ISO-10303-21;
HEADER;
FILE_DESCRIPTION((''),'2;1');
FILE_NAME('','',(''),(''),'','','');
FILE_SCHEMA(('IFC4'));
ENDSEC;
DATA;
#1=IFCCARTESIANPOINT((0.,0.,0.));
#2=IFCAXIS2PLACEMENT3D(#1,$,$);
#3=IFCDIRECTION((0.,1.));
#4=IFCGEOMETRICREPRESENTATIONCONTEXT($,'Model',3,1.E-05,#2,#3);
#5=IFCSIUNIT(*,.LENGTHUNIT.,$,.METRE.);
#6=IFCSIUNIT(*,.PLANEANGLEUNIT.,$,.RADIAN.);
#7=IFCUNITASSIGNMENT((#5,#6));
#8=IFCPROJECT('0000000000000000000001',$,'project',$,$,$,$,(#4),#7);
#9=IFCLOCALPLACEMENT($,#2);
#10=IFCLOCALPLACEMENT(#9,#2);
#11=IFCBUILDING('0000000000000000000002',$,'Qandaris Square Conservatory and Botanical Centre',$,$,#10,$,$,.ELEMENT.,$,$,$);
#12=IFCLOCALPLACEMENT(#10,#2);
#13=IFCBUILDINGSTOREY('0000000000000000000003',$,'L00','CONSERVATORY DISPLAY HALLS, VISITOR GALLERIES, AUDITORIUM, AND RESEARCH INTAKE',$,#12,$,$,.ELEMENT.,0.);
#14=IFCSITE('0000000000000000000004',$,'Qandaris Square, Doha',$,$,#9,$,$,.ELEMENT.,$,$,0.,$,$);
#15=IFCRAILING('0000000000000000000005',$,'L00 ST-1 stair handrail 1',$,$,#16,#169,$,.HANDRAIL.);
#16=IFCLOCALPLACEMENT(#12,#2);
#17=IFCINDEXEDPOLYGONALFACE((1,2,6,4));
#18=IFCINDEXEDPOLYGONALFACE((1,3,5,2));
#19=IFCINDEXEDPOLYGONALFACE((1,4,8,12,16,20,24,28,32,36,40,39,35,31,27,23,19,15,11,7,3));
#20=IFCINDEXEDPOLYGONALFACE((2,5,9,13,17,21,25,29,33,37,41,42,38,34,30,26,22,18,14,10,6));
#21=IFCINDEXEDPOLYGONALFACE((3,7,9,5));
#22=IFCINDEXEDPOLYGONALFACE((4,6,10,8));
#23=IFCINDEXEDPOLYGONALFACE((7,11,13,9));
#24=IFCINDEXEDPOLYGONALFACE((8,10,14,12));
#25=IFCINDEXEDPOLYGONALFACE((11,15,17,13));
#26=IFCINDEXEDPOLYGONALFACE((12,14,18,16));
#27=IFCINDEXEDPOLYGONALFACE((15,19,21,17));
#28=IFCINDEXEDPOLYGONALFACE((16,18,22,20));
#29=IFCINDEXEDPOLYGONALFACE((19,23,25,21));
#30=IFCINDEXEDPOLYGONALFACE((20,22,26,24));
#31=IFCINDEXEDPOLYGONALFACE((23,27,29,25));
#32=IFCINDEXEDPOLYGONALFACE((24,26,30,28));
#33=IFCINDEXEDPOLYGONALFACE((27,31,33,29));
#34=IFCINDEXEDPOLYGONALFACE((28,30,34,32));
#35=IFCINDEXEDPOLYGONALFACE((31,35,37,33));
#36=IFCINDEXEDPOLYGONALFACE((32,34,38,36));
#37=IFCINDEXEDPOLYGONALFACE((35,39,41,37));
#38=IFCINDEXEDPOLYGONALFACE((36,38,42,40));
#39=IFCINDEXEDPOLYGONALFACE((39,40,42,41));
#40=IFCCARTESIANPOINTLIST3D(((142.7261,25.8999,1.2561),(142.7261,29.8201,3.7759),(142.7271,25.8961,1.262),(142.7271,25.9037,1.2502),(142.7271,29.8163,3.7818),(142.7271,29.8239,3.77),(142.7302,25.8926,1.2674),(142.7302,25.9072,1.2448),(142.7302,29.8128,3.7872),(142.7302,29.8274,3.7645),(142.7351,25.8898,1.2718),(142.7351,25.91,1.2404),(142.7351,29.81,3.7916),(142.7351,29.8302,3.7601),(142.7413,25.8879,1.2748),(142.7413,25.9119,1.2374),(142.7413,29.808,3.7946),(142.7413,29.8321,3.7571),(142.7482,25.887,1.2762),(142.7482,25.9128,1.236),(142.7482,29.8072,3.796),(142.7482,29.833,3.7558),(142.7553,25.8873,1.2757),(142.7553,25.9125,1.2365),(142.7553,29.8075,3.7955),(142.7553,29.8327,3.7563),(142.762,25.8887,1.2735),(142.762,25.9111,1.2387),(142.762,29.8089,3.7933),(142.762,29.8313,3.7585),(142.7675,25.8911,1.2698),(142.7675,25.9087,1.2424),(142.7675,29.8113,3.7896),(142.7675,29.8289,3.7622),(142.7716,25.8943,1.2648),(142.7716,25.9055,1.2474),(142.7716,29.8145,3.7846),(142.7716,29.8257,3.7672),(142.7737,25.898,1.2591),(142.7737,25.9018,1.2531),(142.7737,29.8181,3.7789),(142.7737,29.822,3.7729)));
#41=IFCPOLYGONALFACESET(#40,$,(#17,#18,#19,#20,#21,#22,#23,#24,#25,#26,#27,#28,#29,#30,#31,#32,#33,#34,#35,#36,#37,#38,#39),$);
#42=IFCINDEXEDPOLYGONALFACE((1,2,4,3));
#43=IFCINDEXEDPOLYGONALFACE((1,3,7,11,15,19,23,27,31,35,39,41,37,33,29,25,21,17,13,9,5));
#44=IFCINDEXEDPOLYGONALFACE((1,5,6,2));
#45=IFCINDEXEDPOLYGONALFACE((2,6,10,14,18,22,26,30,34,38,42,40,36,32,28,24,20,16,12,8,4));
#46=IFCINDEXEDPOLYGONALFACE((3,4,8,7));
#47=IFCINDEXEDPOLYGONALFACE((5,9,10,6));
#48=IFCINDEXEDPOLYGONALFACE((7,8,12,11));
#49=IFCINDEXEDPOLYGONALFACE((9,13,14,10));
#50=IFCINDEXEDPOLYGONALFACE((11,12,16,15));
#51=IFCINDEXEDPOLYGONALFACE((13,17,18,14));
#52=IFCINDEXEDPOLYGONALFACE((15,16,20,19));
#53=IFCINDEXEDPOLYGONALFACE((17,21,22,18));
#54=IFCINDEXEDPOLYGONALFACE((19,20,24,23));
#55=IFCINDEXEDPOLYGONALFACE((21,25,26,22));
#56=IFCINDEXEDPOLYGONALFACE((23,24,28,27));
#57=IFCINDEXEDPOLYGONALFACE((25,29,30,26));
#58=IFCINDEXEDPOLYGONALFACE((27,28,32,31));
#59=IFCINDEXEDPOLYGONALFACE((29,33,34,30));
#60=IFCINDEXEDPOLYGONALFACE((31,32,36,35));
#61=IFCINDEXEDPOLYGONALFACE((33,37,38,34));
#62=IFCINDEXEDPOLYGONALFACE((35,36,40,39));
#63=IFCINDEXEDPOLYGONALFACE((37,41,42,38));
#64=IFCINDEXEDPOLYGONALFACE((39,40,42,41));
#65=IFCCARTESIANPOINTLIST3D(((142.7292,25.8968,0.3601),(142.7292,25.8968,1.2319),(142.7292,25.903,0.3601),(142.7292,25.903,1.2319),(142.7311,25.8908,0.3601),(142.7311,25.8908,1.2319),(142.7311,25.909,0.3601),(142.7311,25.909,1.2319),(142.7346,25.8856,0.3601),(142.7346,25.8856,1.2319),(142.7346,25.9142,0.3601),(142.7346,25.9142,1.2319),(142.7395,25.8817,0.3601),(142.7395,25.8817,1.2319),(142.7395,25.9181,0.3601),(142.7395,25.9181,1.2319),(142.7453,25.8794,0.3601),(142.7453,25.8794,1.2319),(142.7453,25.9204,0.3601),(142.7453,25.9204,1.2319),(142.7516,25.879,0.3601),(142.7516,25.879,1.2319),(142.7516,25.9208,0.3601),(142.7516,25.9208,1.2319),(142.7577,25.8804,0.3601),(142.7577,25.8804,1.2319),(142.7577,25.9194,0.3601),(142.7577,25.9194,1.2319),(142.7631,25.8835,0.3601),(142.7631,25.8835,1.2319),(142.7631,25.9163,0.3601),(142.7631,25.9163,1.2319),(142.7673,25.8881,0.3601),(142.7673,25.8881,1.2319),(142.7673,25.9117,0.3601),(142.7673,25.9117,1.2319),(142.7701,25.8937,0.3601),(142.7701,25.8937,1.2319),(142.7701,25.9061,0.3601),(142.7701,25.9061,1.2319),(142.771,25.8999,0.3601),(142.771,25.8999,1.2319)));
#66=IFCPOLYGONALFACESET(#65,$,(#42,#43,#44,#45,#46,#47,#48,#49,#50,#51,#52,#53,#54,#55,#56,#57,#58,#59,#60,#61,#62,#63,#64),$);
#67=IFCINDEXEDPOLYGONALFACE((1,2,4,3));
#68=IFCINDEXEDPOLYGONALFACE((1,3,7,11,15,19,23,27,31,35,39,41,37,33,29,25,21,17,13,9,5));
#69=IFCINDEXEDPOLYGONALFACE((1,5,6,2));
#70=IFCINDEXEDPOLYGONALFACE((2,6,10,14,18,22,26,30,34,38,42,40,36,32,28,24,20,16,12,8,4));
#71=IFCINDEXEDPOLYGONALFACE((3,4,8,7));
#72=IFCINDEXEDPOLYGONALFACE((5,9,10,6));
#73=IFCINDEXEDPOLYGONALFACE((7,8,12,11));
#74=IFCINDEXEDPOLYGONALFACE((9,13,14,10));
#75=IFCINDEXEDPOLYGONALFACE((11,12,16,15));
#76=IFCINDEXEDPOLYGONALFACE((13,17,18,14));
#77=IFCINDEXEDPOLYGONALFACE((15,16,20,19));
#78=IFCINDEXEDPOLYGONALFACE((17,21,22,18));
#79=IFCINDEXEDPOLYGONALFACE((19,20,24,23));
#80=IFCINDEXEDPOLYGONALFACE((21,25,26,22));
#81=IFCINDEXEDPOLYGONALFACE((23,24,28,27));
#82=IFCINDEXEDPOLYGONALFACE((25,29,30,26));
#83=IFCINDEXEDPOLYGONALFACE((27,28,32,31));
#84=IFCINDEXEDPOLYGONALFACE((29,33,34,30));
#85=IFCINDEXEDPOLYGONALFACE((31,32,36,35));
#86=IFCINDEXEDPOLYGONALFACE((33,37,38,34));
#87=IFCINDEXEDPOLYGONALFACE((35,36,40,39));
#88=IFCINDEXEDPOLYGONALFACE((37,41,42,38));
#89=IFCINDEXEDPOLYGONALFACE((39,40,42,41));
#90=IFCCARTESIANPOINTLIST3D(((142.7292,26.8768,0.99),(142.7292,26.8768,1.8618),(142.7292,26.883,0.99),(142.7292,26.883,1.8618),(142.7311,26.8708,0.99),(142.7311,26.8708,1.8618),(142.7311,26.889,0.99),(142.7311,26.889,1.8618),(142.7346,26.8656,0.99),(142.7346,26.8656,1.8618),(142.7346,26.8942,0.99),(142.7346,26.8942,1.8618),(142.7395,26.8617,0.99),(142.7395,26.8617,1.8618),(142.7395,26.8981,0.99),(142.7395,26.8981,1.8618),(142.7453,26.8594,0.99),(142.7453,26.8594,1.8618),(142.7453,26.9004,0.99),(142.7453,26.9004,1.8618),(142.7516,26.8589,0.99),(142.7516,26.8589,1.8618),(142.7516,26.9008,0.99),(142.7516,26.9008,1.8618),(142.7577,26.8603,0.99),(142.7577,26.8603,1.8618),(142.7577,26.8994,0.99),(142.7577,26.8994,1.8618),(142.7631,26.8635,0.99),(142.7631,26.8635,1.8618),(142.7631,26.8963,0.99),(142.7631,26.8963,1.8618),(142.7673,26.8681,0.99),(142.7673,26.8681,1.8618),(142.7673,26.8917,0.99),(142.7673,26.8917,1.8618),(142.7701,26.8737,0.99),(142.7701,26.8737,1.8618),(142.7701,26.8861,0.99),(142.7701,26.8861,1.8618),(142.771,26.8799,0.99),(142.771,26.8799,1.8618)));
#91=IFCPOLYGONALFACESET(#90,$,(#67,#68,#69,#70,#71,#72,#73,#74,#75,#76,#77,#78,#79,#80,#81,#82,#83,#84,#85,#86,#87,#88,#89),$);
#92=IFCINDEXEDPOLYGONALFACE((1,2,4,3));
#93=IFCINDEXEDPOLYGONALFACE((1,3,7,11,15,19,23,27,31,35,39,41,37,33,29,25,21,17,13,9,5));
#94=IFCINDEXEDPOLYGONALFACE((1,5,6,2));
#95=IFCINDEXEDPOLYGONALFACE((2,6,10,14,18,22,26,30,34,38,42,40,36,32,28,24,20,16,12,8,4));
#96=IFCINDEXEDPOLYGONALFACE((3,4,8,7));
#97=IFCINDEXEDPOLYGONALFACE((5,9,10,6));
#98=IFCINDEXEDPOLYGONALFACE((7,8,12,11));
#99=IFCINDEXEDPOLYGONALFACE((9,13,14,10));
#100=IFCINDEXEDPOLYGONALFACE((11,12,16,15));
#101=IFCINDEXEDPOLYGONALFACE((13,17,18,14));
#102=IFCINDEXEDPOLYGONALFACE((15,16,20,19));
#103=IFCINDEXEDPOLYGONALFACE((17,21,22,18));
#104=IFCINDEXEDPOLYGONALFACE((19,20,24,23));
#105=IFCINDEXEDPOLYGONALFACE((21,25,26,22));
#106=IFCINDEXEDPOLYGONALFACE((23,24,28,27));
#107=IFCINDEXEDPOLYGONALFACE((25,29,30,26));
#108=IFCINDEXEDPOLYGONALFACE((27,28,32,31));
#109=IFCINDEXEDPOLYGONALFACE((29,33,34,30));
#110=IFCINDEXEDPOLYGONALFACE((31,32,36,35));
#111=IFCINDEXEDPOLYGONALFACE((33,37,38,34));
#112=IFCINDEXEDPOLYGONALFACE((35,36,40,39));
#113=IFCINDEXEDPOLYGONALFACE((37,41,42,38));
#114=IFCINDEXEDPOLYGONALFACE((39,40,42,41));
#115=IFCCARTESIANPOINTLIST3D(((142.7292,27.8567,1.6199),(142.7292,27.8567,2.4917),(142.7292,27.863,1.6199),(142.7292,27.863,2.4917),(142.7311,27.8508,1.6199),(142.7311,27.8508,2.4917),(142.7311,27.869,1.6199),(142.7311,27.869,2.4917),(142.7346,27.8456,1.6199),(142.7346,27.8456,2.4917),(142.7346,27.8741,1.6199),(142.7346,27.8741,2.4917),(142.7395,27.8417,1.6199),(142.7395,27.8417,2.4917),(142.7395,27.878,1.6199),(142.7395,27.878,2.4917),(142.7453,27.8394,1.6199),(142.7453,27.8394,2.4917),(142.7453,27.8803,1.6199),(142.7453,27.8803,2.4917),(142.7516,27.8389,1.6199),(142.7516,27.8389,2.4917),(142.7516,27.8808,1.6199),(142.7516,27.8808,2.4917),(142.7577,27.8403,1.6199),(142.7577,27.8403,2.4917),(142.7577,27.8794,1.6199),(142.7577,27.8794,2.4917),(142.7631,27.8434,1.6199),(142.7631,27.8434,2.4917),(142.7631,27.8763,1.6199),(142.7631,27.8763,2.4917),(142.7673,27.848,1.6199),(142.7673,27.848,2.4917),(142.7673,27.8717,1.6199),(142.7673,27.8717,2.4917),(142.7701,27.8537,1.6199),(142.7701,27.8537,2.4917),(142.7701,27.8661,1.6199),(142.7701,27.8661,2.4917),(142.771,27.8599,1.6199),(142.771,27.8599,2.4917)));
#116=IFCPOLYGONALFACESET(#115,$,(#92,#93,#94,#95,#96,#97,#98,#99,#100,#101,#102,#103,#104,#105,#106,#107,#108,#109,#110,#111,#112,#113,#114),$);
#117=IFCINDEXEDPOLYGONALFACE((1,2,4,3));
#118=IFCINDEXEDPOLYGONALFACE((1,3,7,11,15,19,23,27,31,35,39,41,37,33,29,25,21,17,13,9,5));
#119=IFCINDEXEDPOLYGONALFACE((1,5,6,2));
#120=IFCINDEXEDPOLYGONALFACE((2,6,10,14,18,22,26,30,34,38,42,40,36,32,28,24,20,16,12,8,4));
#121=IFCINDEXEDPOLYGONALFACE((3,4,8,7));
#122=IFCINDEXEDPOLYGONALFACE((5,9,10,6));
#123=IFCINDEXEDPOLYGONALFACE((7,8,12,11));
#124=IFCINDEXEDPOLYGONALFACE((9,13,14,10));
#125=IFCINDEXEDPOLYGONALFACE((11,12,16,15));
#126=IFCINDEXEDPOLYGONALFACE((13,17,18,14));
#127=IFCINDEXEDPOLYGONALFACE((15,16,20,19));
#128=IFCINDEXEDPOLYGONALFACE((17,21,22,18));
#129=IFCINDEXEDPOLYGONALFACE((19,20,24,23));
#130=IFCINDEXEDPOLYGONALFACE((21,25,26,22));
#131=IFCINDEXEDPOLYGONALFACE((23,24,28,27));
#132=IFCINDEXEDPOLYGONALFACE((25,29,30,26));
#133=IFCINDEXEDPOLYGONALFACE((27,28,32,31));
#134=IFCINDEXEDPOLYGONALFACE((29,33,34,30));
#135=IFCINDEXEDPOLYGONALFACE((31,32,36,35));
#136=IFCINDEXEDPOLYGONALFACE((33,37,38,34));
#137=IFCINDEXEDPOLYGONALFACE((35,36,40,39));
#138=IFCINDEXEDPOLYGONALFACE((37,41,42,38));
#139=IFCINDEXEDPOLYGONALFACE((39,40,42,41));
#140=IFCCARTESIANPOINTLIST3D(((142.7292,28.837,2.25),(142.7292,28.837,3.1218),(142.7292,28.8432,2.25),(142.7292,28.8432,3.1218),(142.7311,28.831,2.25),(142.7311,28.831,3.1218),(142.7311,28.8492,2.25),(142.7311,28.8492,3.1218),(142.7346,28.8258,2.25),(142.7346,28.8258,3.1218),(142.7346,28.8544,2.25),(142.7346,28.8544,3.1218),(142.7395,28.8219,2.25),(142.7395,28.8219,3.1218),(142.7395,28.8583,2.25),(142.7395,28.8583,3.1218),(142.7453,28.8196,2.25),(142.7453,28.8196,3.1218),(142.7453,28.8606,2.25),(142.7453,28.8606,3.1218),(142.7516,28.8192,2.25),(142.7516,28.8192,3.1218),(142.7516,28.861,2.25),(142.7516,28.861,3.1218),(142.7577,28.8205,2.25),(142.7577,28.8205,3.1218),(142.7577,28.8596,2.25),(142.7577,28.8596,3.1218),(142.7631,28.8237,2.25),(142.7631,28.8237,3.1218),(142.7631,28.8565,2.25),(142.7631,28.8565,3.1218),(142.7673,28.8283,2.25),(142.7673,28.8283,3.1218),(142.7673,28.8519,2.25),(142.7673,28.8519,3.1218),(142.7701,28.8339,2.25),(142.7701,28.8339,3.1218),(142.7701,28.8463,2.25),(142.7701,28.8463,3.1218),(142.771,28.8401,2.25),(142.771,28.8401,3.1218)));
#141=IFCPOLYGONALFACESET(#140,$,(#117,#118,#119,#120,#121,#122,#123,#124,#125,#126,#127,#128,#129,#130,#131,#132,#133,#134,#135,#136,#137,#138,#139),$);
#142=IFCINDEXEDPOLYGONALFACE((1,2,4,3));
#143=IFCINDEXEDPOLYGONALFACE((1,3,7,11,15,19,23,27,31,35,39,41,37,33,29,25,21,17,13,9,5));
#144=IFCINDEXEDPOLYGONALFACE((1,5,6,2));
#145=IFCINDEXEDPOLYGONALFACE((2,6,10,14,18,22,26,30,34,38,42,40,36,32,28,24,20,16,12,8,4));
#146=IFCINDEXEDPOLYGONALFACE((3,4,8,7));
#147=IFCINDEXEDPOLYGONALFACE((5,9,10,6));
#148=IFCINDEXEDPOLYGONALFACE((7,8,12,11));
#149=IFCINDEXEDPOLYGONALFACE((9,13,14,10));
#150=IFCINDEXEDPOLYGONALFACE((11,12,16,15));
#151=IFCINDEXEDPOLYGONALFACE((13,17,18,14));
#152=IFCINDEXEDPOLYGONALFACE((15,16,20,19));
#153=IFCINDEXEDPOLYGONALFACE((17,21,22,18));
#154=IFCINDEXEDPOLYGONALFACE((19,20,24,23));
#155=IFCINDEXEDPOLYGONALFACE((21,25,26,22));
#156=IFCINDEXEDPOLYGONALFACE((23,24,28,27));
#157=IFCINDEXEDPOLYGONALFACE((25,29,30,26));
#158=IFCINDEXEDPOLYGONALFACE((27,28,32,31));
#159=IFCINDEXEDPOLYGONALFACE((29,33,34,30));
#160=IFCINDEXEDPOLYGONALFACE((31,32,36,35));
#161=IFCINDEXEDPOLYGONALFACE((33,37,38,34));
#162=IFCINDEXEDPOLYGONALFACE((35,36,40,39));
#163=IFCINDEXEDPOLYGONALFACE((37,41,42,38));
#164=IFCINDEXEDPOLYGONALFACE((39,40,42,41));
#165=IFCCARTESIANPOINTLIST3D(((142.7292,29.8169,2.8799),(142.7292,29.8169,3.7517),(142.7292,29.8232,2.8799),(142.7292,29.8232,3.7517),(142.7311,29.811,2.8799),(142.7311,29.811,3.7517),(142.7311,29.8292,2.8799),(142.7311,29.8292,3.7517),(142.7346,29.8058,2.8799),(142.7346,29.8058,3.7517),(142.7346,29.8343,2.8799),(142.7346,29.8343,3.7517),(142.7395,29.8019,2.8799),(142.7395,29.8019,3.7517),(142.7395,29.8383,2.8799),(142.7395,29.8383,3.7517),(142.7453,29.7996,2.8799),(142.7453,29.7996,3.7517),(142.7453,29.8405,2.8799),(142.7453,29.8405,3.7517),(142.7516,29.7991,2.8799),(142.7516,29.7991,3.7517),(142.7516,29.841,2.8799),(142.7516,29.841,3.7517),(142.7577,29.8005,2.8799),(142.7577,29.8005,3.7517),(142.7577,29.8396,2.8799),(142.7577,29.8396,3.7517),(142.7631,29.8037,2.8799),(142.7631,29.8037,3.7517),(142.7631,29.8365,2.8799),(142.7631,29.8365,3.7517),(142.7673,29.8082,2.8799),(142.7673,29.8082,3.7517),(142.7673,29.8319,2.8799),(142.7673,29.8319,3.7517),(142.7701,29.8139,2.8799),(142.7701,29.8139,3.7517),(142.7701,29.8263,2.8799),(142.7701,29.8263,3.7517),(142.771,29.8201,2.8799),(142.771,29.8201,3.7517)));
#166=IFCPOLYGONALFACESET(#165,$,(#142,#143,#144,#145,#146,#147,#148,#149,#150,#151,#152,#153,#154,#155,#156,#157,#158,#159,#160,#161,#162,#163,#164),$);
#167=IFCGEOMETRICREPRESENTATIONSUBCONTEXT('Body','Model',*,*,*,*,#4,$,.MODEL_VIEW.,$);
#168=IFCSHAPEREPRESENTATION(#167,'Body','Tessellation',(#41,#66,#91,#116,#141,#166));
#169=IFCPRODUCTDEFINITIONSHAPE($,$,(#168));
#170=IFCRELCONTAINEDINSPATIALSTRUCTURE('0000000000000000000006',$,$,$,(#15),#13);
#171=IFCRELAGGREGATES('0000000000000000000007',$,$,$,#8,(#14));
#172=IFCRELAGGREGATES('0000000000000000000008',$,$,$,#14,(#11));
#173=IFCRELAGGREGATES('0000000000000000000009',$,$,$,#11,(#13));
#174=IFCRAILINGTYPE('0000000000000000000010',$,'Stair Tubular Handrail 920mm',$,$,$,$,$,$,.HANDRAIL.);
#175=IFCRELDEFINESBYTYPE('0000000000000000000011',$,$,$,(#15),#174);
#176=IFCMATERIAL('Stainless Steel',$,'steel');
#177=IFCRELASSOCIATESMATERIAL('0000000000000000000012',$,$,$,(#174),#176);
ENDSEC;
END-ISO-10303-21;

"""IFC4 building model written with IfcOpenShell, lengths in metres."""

from ifc_helpers import new_model, si_unit, direction, frame, origin, origin_2d, place, context, subcontext, project, spatial, circle, extrude, material, type_object, element, save


model = new_model("IFC4")

# Units and contexts
model_context = context("Model", 3, precision=1e-05, world=origin(), true_north=direction((0.0, 1.0)))
body_context = subcontext(model_context, "Body", "Model", "MODEL_VIEW")
ifc_project = project(units=[si_unit("LENGTHUNIT", "METRE"), si_unit("PLANEANGLEUNIT", "RADIAN")], contexts=[model_context])

# Site, building, storey
site_placement = place(None, origin())
site = spatial("IfcSite", under=ifc_project, at=site_placement, Name="Qandaris Square, Doha", CompositionType="ELEMENT", RefElevation=0.0)
building_placement = place(site_placement, origin())
building = spatial("IfcBuilding", under=site, at=building_placement, Name="Qandaris Square Conservatory and Botanical Centre", CompositionType="ELEMENT")
storey_placement = place(building_placement, origin())
storey = spatial("IfcBuildingStorey", under=building, at=storey_placement, Name="L00", Description="CONSERVATORY DISPLAY HALLS, VISITOR GALLERIES, AUDITORIUM, AND RESEARCH INTAKE", CompositionType="ELEMENT", Elevation=0.0)

# Railing
ifc_material_1 = material(Name="Stainless Steel", Category="steel")
railing_type_1 = type_object("IfcRailingType", Name="Stair Tubular Handrail 920mm", PredefinedType="HANDRAIL", material=ifc_material_1)
railing_1_placement = place(storey_placement, frame((142.75, 25.8999, 0.3601)))
element("IfcRailing", 1, at=railing_1_placement, inside=storey, type_object=railing_type_1, Name="L00 ST-1 stair handrail 1", PredefinedType="HANDRAIL", context=body_context, shape_type="SweptSolid", body=[
    extrude(circle(Radius=0.0239, at=origin_2d()), frame((0.0, 0.0, 0.896), z_axis=(0.0, 0.841211, 0.540707), x_axis=(-1.0, 0.0, 0.0)), (0.0, 0.0, 1.0), 4.6602),
    extrude(circle(Radius=0.021, at=origin_2d()), origin(), (0.0, 0.0, 1.0), 0.8718),
    extrude(circle(Radius=0.021, at=origin_2d()), frame((0.0, 0.98, 0.6299)), (0.0, 0.0, 1.0), 0.8718),
    extrude(circle(Radius=0.021, at=origin_2d()), frame((0.0, 1.96, 1.2598)), (0.0, 0.0, 1.0), 0.8718),
    extrude(circle(Radius=0.021, at=origin_2d()), frame((0.0, 2.9402, 1.8899)), (0.0, 0.0, 1.0), 0.8718),
    extrude(circle(Radius=0.021, at=origin_2d()), frame((0.0, 3.9202, 2.5198)), (0.0, 0.0, 1.0), 0.8718),
])

save(model, "model.ifc")
